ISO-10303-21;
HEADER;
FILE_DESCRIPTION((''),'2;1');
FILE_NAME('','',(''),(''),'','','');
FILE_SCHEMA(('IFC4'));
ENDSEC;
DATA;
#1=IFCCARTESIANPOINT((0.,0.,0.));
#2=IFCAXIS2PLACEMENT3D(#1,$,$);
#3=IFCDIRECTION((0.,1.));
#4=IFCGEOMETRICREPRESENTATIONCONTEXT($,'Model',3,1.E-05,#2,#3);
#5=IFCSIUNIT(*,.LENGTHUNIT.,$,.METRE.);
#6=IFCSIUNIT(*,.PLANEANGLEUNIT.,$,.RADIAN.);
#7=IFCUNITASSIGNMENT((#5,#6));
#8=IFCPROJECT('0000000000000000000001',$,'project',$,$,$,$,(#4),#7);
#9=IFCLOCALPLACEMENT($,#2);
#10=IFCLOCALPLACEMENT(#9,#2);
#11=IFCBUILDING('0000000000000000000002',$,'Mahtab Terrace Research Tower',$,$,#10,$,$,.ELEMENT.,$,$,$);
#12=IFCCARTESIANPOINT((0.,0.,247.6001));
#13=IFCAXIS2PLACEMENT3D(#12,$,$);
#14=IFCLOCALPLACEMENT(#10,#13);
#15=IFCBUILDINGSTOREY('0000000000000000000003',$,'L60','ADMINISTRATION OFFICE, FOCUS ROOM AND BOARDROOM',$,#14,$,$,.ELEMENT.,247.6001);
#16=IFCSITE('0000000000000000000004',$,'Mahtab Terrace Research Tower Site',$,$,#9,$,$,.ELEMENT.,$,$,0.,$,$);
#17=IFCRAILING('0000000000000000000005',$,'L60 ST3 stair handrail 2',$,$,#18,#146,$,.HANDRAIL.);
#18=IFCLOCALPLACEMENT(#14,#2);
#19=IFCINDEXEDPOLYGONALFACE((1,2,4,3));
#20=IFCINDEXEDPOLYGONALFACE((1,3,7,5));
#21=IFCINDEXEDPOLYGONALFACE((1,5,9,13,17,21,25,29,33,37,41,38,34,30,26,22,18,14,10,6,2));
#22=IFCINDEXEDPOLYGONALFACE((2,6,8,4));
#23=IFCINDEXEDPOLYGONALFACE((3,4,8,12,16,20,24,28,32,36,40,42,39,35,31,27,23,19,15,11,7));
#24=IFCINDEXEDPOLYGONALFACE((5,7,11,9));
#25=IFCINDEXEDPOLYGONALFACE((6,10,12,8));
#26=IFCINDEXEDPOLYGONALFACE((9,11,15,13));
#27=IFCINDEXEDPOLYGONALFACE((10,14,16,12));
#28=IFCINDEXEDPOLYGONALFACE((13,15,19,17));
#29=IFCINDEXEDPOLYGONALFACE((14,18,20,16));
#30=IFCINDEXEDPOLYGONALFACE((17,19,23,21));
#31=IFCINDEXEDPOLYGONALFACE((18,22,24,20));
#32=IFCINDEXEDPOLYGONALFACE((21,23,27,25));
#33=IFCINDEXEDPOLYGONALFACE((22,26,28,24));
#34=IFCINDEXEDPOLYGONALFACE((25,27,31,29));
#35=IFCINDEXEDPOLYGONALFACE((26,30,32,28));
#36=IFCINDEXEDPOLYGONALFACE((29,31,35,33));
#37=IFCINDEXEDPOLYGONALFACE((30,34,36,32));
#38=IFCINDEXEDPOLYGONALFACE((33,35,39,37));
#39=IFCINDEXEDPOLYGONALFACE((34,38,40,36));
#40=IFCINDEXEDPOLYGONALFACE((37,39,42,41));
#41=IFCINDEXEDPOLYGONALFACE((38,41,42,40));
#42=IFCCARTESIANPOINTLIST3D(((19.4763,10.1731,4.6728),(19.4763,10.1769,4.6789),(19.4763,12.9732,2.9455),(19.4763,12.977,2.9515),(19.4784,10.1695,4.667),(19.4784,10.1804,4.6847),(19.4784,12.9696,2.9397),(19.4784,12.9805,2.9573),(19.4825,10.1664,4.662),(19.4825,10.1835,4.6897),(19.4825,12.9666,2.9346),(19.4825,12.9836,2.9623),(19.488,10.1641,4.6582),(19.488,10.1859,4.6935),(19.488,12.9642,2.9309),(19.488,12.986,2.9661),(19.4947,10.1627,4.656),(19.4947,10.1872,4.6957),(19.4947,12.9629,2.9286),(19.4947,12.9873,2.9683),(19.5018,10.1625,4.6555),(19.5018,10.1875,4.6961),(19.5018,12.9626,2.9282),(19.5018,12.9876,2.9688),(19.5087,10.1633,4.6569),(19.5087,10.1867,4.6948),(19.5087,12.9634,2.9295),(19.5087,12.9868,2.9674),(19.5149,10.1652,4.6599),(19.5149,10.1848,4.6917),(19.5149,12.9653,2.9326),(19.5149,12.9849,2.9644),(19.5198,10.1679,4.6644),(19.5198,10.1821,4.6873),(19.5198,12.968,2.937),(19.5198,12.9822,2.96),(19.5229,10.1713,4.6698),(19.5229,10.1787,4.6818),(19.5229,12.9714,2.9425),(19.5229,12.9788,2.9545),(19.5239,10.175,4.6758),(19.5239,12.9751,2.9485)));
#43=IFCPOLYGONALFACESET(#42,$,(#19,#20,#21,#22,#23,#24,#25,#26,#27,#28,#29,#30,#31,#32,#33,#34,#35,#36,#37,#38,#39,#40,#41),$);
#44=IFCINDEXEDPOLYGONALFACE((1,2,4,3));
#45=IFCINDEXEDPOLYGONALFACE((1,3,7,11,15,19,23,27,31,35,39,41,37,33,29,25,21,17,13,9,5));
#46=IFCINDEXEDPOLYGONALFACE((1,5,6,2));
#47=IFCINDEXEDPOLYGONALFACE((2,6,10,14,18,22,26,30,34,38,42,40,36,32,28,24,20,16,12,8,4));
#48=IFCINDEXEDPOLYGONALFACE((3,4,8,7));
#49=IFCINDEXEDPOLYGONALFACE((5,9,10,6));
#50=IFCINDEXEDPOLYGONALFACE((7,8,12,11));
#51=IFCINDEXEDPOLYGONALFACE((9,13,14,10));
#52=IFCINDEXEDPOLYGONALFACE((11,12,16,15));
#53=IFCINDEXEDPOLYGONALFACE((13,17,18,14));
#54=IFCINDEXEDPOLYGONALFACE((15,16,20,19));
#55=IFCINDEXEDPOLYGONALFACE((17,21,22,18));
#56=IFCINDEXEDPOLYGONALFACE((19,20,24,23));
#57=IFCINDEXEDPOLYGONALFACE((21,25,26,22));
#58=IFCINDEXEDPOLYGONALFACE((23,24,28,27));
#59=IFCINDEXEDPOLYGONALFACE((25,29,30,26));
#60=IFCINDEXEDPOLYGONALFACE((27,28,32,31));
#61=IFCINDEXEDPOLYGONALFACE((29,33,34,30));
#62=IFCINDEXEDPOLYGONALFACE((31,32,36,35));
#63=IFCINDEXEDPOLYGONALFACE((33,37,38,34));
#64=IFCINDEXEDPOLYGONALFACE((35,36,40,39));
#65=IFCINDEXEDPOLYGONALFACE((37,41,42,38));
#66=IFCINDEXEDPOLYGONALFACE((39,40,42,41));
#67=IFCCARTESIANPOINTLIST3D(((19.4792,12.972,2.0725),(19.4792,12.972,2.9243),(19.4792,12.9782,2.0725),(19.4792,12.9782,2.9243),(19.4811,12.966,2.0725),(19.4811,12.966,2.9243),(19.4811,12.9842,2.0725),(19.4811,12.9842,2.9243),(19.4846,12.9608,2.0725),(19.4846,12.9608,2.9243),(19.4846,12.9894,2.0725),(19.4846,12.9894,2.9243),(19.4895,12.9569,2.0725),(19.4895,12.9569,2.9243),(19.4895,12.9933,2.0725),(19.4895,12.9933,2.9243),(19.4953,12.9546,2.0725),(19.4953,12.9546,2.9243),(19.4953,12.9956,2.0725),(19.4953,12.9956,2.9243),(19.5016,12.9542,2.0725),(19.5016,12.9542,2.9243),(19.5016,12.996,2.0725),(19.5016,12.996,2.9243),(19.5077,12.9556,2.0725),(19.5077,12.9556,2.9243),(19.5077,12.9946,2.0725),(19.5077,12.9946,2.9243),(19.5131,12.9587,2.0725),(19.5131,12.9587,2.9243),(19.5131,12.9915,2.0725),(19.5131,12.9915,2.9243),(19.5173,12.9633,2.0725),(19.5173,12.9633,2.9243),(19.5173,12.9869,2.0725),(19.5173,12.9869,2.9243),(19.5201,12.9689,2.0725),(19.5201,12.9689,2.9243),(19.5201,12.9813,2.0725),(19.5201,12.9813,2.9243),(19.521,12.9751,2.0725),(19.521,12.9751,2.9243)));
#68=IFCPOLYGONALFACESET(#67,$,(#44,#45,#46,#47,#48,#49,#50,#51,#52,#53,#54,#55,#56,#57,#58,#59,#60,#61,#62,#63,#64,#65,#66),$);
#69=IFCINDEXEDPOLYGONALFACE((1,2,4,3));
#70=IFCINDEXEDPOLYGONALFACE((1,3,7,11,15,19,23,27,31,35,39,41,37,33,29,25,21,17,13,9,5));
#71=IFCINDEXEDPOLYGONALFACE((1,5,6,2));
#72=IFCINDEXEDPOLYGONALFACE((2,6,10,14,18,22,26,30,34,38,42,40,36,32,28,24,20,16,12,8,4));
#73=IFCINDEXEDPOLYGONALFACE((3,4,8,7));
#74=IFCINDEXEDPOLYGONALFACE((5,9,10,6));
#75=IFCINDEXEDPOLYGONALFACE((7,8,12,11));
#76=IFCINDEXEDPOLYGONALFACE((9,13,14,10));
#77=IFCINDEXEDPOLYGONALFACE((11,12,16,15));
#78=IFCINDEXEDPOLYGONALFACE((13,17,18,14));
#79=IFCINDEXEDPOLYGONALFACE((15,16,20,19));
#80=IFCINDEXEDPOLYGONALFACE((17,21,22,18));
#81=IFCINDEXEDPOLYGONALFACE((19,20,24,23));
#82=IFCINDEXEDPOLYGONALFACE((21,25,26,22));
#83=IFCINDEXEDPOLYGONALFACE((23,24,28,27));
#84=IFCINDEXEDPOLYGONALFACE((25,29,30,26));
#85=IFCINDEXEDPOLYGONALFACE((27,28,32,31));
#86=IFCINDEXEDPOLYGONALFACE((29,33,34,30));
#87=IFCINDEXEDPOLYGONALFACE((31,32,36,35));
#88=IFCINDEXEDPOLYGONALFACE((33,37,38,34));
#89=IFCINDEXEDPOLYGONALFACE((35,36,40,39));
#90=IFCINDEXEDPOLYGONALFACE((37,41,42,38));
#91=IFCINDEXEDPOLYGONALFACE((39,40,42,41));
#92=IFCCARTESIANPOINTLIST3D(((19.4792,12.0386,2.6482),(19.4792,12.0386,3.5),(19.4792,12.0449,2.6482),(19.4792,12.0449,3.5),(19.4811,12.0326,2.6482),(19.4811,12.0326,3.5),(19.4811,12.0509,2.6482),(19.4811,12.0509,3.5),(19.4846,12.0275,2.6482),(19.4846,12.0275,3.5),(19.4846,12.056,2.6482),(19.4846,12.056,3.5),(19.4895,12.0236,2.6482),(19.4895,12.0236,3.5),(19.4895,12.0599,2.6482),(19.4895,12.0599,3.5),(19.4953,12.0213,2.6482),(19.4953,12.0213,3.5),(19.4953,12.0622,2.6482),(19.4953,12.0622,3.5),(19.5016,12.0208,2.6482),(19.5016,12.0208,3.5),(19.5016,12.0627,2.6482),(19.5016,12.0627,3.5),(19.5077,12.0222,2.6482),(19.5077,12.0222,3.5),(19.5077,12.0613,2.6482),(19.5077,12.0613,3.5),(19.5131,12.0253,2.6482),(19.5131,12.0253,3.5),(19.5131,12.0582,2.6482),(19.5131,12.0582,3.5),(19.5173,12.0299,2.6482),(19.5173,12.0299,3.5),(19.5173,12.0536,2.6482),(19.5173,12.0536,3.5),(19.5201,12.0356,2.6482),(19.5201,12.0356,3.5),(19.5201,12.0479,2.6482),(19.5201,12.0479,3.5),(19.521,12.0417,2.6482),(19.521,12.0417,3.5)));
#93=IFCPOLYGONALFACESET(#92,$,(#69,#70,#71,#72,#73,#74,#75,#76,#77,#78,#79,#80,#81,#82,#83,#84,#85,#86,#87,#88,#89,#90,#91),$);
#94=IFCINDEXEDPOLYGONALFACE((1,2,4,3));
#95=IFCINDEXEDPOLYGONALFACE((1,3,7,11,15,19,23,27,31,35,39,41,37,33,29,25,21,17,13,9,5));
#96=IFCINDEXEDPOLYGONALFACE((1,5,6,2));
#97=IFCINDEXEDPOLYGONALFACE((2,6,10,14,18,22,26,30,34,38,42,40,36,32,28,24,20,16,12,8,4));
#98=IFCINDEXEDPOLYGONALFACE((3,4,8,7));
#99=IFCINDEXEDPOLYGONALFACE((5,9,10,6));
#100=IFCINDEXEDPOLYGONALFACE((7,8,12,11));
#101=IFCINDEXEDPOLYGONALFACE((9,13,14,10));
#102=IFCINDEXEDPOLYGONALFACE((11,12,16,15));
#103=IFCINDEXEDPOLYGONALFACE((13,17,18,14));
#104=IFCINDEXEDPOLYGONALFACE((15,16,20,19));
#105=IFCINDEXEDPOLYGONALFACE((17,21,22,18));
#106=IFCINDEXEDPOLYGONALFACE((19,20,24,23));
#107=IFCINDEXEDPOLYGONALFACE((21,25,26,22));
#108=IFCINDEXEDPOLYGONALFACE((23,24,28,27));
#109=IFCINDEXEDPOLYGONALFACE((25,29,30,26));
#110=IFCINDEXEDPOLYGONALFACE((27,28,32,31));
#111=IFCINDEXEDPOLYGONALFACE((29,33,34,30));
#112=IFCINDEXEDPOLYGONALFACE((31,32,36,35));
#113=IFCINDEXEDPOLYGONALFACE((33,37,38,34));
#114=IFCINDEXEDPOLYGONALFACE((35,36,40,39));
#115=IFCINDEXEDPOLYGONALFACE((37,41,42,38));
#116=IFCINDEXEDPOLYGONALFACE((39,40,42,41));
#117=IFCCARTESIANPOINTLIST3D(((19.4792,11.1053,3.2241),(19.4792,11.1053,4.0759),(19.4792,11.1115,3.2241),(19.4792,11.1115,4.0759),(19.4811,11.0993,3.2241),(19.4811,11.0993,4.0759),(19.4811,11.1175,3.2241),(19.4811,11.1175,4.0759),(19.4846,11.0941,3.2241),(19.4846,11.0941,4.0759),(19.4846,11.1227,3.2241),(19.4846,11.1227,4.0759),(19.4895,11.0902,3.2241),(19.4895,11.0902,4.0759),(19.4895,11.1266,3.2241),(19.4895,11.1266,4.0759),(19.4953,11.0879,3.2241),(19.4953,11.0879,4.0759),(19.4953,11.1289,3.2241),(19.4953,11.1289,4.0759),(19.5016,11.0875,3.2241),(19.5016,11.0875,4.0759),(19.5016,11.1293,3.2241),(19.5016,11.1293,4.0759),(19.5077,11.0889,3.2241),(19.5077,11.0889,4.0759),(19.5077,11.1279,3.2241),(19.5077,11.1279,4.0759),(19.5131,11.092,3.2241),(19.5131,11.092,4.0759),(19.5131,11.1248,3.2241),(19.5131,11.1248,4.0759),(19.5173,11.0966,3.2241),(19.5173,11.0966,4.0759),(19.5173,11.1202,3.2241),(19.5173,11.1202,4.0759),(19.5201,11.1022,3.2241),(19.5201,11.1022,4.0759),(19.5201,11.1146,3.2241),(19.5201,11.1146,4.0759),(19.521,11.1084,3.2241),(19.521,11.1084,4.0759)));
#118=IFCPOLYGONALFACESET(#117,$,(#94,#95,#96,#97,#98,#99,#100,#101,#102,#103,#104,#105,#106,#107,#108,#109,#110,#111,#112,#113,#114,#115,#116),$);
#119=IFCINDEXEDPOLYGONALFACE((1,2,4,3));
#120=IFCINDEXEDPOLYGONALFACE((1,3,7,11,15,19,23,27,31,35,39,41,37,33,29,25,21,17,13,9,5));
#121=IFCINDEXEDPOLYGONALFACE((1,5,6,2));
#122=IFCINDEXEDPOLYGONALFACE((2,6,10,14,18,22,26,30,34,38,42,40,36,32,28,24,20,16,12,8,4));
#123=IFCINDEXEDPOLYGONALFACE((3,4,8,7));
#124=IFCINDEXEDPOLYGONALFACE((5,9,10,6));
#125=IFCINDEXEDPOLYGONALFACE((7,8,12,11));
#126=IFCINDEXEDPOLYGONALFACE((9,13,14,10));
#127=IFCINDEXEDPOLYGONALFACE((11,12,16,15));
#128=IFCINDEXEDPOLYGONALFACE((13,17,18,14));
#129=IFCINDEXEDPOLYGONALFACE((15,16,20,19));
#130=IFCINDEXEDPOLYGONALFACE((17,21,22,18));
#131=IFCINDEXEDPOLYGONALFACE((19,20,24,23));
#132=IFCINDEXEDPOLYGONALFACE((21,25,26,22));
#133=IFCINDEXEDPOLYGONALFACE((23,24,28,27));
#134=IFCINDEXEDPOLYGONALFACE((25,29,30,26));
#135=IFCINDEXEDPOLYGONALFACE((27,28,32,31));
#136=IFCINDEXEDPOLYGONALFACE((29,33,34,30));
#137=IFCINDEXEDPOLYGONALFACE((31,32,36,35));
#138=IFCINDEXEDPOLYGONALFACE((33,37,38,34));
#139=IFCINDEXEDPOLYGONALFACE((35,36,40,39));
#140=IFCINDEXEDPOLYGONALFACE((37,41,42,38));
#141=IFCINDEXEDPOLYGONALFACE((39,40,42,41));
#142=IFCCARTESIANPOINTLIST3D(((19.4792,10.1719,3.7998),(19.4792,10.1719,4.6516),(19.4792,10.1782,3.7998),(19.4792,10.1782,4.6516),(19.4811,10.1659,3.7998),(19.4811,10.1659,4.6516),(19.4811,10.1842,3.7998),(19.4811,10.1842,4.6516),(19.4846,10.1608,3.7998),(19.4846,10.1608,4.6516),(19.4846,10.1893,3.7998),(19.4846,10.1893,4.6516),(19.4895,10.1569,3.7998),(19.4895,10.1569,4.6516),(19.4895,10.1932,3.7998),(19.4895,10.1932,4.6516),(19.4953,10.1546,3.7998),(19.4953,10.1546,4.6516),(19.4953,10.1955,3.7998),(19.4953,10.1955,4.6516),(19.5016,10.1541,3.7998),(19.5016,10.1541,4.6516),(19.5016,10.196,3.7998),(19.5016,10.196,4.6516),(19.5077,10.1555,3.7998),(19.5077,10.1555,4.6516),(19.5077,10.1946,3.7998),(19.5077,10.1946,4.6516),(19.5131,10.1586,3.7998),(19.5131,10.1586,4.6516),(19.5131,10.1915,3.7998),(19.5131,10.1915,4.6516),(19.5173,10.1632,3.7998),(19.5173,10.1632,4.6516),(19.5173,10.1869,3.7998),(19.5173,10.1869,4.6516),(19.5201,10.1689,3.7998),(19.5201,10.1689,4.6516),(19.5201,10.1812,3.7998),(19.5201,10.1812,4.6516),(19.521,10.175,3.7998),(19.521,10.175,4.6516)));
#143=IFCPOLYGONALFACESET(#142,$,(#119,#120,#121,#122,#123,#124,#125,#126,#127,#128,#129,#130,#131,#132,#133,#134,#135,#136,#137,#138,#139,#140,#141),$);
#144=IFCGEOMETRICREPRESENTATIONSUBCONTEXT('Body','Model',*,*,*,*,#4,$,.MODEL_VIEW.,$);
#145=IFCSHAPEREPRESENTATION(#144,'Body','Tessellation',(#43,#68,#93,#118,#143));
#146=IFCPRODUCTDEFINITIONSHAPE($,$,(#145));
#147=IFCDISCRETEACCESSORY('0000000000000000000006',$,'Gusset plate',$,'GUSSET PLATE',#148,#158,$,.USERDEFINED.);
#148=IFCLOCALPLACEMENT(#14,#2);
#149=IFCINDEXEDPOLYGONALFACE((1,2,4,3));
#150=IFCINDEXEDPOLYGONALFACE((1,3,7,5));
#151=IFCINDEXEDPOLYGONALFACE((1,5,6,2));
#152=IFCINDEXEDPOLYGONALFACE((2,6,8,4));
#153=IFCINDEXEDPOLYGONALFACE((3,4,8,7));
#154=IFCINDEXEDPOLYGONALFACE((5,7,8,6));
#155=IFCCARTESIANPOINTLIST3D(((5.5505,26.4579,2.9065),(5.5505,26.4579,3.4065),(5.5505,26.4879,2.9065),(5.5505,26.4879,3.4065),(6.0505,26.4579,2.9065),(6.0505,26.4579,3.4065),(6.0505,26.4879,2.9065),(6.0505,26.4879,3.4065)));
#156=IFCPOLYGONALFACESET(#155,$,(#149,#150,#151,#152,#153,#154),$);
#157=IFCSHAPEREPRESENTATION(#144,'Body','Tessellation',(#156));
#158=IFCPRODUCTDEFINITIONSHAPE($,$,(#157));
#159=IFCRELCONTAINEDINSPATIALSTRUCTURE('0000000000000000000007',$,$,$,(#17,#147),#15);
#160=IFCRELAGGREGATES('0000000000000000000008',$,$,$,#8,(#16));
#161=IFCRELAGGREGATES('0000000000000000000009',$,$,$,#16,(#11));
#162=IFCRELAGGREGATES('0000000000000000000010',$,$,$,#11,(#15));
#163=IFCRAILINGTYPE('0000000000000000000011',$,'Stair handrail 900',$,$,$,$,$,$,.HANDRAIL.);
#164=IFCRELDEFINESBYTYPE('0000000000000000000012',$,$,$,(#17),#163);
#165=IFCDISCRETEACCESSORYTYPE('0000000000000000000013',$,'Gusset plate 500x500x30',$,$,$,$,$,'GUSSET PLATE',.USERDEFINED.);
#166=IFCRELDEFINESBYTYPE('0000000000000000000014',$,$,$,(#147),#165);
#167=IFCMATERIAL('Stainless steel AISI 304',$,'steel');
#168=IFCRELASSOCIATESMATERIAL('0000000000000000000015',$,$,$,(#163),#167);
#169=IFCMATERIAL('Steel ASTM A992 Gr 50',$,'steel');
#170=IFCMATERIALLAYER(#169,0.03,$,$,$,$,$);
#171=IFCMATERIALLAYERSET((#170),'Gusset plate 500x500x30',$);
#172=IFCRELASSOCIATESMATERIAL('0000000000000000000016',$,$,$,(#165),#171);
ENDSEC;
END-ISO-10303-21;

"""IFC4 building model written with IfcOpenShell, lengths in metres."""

from ifc_helpers import new_model, si_unit, direction, frame, origin, origin_2d, place, context, subcontext, project, spatial, rectangle, circle, extrude, material, layer, layer_set, type_object, element, save


model = new_model("IFC4")

# Units and contexts
model_context = context("Model", 3, precision=1e-05, world=origin(), true_north=direction((0.0, 1.0)))
body_context = subcontext(model_context, "Body", "Model", "MODEL_VIEW")
ifc_project = project(units=[si_unit("LENGTHUNIT", "METRE"), si_unit("PLANEANGLEUNIT", "RADIAN")], contexts=[model_context])

# Site, building, storey
site_placement = place(None, origin())
site = spatial("IfcSite", under=ifc_project, at=site_placement, Name="Mahtab Terrace Research Tower Site", CompositionType="ELEMENT", RefElevation=0.0)
building_placement = place(site_placement, origin())
building = spatial("IfcBuilding", under=site, at=building_placement, Name="Mahtab Terrace Research Tower", CompositionType="ELEMENT")
storey_placement = place(building_placement, frame((0.0, 0.0, 247.6001)))
storey = spatial("IfcBuildingStorey", under=building, at=storey_placement, Name="L60", Description="ADMINISTRATION OFFICE, FOCUS ROOM AND BOARDROOM", CompositionType="ELEMENT", Elevation=247.6001)

# Shared definitions
ifc_material_1 = material(Name="Steel ASTM A992 Gr 50", Category="steel")

# Shared definitions
ifc_material_2 = material(Name="Stainless steel AISI 304", Category="steel")

# Railing
railing_type_1 = type_object("IfcRailingType", Name="Stair handrail 900", PredefinedType="HANDRAIL", material=ifc_material_2)
railing_1_placement = place(storey_placement, frame((19.5, 12.9751, 2.0725)))
element("IfcRailing", 1, at=railing_1_placement, inside=storey, type_object=railing_type_1, Name="L60 ST3 stair handrail 2", PredefinedType="HANDRAIL", context=body_context, shape_type="SweptSolid", body=[
    extrude(circle(Radius=0.0239, at=origin_2d()), frame((0.0, 0.0, 0.876), z_axis=(0.0, -0.85109, 0.52502), x_axis=(1.0, 0.0, 0.0)), (0.0, 0.0, 1.0), 3.29),
    extrude(circle(Radius=0.021, at=origin_2d()), origin(), (0.0, 0.0, 1.0), 0.8518),
    extrude(circle(Radius=0.021, at=origin_2d()), frame((0.0, -0.9333, 0.5757)), (0.0, 0.0, 1.0), 0.8518),
    extrude(circle(Radius=0.021, at=origin_2d()), frame((0.0, -1.8667, 1.1516)), (0.0, 0.0, 1.0), 0.8518),
    extrude(circle(Radius=0.021, at=origin_2d()), frame((0.0, -2.8, 1.7273)), (0.0, 0.0, 1.0), 0.8518),
])

# Discrete accessory
ifc_layer_1 = layer(ifc_material_1, 0.03)
ifc_layer_set_1 = layer_set([ifc_layer_1], Name="Gusset plate 500x500x30")
discrete_accessory_type = type_object("IfcDiscreteAccessoryType", Name="Gusset plate 500x500x30", ElementType="GUSSET PLATE", PredefinedType="USERDEFINED", material=ifc_layer_set_1)
discrete_accessory_placement = place(storey_placement, frame((5.8005, 26.4729, 2.9065), z_axis=(0.0, 0.0, 1.0), x_axis=(1.0, 0.0, 0.0)))
element("IfcDiscreteAccessory", 2, at=discrete_accessory_placement, inside=storey, type_object=discrete_accessory_type, Name="Gusset plate", ObjectType="GUSSET PLATE", PredefinedType="USERDEFINED", context=body_context, shape_type="SweptSolid", body=[
    extrude(rectangle(XDim=0.5, YDim=0.03, at=origin_2d()), origin(), (0.0, 0.0, 1.0), 0.5),
])

save(model, "model.ifc")
